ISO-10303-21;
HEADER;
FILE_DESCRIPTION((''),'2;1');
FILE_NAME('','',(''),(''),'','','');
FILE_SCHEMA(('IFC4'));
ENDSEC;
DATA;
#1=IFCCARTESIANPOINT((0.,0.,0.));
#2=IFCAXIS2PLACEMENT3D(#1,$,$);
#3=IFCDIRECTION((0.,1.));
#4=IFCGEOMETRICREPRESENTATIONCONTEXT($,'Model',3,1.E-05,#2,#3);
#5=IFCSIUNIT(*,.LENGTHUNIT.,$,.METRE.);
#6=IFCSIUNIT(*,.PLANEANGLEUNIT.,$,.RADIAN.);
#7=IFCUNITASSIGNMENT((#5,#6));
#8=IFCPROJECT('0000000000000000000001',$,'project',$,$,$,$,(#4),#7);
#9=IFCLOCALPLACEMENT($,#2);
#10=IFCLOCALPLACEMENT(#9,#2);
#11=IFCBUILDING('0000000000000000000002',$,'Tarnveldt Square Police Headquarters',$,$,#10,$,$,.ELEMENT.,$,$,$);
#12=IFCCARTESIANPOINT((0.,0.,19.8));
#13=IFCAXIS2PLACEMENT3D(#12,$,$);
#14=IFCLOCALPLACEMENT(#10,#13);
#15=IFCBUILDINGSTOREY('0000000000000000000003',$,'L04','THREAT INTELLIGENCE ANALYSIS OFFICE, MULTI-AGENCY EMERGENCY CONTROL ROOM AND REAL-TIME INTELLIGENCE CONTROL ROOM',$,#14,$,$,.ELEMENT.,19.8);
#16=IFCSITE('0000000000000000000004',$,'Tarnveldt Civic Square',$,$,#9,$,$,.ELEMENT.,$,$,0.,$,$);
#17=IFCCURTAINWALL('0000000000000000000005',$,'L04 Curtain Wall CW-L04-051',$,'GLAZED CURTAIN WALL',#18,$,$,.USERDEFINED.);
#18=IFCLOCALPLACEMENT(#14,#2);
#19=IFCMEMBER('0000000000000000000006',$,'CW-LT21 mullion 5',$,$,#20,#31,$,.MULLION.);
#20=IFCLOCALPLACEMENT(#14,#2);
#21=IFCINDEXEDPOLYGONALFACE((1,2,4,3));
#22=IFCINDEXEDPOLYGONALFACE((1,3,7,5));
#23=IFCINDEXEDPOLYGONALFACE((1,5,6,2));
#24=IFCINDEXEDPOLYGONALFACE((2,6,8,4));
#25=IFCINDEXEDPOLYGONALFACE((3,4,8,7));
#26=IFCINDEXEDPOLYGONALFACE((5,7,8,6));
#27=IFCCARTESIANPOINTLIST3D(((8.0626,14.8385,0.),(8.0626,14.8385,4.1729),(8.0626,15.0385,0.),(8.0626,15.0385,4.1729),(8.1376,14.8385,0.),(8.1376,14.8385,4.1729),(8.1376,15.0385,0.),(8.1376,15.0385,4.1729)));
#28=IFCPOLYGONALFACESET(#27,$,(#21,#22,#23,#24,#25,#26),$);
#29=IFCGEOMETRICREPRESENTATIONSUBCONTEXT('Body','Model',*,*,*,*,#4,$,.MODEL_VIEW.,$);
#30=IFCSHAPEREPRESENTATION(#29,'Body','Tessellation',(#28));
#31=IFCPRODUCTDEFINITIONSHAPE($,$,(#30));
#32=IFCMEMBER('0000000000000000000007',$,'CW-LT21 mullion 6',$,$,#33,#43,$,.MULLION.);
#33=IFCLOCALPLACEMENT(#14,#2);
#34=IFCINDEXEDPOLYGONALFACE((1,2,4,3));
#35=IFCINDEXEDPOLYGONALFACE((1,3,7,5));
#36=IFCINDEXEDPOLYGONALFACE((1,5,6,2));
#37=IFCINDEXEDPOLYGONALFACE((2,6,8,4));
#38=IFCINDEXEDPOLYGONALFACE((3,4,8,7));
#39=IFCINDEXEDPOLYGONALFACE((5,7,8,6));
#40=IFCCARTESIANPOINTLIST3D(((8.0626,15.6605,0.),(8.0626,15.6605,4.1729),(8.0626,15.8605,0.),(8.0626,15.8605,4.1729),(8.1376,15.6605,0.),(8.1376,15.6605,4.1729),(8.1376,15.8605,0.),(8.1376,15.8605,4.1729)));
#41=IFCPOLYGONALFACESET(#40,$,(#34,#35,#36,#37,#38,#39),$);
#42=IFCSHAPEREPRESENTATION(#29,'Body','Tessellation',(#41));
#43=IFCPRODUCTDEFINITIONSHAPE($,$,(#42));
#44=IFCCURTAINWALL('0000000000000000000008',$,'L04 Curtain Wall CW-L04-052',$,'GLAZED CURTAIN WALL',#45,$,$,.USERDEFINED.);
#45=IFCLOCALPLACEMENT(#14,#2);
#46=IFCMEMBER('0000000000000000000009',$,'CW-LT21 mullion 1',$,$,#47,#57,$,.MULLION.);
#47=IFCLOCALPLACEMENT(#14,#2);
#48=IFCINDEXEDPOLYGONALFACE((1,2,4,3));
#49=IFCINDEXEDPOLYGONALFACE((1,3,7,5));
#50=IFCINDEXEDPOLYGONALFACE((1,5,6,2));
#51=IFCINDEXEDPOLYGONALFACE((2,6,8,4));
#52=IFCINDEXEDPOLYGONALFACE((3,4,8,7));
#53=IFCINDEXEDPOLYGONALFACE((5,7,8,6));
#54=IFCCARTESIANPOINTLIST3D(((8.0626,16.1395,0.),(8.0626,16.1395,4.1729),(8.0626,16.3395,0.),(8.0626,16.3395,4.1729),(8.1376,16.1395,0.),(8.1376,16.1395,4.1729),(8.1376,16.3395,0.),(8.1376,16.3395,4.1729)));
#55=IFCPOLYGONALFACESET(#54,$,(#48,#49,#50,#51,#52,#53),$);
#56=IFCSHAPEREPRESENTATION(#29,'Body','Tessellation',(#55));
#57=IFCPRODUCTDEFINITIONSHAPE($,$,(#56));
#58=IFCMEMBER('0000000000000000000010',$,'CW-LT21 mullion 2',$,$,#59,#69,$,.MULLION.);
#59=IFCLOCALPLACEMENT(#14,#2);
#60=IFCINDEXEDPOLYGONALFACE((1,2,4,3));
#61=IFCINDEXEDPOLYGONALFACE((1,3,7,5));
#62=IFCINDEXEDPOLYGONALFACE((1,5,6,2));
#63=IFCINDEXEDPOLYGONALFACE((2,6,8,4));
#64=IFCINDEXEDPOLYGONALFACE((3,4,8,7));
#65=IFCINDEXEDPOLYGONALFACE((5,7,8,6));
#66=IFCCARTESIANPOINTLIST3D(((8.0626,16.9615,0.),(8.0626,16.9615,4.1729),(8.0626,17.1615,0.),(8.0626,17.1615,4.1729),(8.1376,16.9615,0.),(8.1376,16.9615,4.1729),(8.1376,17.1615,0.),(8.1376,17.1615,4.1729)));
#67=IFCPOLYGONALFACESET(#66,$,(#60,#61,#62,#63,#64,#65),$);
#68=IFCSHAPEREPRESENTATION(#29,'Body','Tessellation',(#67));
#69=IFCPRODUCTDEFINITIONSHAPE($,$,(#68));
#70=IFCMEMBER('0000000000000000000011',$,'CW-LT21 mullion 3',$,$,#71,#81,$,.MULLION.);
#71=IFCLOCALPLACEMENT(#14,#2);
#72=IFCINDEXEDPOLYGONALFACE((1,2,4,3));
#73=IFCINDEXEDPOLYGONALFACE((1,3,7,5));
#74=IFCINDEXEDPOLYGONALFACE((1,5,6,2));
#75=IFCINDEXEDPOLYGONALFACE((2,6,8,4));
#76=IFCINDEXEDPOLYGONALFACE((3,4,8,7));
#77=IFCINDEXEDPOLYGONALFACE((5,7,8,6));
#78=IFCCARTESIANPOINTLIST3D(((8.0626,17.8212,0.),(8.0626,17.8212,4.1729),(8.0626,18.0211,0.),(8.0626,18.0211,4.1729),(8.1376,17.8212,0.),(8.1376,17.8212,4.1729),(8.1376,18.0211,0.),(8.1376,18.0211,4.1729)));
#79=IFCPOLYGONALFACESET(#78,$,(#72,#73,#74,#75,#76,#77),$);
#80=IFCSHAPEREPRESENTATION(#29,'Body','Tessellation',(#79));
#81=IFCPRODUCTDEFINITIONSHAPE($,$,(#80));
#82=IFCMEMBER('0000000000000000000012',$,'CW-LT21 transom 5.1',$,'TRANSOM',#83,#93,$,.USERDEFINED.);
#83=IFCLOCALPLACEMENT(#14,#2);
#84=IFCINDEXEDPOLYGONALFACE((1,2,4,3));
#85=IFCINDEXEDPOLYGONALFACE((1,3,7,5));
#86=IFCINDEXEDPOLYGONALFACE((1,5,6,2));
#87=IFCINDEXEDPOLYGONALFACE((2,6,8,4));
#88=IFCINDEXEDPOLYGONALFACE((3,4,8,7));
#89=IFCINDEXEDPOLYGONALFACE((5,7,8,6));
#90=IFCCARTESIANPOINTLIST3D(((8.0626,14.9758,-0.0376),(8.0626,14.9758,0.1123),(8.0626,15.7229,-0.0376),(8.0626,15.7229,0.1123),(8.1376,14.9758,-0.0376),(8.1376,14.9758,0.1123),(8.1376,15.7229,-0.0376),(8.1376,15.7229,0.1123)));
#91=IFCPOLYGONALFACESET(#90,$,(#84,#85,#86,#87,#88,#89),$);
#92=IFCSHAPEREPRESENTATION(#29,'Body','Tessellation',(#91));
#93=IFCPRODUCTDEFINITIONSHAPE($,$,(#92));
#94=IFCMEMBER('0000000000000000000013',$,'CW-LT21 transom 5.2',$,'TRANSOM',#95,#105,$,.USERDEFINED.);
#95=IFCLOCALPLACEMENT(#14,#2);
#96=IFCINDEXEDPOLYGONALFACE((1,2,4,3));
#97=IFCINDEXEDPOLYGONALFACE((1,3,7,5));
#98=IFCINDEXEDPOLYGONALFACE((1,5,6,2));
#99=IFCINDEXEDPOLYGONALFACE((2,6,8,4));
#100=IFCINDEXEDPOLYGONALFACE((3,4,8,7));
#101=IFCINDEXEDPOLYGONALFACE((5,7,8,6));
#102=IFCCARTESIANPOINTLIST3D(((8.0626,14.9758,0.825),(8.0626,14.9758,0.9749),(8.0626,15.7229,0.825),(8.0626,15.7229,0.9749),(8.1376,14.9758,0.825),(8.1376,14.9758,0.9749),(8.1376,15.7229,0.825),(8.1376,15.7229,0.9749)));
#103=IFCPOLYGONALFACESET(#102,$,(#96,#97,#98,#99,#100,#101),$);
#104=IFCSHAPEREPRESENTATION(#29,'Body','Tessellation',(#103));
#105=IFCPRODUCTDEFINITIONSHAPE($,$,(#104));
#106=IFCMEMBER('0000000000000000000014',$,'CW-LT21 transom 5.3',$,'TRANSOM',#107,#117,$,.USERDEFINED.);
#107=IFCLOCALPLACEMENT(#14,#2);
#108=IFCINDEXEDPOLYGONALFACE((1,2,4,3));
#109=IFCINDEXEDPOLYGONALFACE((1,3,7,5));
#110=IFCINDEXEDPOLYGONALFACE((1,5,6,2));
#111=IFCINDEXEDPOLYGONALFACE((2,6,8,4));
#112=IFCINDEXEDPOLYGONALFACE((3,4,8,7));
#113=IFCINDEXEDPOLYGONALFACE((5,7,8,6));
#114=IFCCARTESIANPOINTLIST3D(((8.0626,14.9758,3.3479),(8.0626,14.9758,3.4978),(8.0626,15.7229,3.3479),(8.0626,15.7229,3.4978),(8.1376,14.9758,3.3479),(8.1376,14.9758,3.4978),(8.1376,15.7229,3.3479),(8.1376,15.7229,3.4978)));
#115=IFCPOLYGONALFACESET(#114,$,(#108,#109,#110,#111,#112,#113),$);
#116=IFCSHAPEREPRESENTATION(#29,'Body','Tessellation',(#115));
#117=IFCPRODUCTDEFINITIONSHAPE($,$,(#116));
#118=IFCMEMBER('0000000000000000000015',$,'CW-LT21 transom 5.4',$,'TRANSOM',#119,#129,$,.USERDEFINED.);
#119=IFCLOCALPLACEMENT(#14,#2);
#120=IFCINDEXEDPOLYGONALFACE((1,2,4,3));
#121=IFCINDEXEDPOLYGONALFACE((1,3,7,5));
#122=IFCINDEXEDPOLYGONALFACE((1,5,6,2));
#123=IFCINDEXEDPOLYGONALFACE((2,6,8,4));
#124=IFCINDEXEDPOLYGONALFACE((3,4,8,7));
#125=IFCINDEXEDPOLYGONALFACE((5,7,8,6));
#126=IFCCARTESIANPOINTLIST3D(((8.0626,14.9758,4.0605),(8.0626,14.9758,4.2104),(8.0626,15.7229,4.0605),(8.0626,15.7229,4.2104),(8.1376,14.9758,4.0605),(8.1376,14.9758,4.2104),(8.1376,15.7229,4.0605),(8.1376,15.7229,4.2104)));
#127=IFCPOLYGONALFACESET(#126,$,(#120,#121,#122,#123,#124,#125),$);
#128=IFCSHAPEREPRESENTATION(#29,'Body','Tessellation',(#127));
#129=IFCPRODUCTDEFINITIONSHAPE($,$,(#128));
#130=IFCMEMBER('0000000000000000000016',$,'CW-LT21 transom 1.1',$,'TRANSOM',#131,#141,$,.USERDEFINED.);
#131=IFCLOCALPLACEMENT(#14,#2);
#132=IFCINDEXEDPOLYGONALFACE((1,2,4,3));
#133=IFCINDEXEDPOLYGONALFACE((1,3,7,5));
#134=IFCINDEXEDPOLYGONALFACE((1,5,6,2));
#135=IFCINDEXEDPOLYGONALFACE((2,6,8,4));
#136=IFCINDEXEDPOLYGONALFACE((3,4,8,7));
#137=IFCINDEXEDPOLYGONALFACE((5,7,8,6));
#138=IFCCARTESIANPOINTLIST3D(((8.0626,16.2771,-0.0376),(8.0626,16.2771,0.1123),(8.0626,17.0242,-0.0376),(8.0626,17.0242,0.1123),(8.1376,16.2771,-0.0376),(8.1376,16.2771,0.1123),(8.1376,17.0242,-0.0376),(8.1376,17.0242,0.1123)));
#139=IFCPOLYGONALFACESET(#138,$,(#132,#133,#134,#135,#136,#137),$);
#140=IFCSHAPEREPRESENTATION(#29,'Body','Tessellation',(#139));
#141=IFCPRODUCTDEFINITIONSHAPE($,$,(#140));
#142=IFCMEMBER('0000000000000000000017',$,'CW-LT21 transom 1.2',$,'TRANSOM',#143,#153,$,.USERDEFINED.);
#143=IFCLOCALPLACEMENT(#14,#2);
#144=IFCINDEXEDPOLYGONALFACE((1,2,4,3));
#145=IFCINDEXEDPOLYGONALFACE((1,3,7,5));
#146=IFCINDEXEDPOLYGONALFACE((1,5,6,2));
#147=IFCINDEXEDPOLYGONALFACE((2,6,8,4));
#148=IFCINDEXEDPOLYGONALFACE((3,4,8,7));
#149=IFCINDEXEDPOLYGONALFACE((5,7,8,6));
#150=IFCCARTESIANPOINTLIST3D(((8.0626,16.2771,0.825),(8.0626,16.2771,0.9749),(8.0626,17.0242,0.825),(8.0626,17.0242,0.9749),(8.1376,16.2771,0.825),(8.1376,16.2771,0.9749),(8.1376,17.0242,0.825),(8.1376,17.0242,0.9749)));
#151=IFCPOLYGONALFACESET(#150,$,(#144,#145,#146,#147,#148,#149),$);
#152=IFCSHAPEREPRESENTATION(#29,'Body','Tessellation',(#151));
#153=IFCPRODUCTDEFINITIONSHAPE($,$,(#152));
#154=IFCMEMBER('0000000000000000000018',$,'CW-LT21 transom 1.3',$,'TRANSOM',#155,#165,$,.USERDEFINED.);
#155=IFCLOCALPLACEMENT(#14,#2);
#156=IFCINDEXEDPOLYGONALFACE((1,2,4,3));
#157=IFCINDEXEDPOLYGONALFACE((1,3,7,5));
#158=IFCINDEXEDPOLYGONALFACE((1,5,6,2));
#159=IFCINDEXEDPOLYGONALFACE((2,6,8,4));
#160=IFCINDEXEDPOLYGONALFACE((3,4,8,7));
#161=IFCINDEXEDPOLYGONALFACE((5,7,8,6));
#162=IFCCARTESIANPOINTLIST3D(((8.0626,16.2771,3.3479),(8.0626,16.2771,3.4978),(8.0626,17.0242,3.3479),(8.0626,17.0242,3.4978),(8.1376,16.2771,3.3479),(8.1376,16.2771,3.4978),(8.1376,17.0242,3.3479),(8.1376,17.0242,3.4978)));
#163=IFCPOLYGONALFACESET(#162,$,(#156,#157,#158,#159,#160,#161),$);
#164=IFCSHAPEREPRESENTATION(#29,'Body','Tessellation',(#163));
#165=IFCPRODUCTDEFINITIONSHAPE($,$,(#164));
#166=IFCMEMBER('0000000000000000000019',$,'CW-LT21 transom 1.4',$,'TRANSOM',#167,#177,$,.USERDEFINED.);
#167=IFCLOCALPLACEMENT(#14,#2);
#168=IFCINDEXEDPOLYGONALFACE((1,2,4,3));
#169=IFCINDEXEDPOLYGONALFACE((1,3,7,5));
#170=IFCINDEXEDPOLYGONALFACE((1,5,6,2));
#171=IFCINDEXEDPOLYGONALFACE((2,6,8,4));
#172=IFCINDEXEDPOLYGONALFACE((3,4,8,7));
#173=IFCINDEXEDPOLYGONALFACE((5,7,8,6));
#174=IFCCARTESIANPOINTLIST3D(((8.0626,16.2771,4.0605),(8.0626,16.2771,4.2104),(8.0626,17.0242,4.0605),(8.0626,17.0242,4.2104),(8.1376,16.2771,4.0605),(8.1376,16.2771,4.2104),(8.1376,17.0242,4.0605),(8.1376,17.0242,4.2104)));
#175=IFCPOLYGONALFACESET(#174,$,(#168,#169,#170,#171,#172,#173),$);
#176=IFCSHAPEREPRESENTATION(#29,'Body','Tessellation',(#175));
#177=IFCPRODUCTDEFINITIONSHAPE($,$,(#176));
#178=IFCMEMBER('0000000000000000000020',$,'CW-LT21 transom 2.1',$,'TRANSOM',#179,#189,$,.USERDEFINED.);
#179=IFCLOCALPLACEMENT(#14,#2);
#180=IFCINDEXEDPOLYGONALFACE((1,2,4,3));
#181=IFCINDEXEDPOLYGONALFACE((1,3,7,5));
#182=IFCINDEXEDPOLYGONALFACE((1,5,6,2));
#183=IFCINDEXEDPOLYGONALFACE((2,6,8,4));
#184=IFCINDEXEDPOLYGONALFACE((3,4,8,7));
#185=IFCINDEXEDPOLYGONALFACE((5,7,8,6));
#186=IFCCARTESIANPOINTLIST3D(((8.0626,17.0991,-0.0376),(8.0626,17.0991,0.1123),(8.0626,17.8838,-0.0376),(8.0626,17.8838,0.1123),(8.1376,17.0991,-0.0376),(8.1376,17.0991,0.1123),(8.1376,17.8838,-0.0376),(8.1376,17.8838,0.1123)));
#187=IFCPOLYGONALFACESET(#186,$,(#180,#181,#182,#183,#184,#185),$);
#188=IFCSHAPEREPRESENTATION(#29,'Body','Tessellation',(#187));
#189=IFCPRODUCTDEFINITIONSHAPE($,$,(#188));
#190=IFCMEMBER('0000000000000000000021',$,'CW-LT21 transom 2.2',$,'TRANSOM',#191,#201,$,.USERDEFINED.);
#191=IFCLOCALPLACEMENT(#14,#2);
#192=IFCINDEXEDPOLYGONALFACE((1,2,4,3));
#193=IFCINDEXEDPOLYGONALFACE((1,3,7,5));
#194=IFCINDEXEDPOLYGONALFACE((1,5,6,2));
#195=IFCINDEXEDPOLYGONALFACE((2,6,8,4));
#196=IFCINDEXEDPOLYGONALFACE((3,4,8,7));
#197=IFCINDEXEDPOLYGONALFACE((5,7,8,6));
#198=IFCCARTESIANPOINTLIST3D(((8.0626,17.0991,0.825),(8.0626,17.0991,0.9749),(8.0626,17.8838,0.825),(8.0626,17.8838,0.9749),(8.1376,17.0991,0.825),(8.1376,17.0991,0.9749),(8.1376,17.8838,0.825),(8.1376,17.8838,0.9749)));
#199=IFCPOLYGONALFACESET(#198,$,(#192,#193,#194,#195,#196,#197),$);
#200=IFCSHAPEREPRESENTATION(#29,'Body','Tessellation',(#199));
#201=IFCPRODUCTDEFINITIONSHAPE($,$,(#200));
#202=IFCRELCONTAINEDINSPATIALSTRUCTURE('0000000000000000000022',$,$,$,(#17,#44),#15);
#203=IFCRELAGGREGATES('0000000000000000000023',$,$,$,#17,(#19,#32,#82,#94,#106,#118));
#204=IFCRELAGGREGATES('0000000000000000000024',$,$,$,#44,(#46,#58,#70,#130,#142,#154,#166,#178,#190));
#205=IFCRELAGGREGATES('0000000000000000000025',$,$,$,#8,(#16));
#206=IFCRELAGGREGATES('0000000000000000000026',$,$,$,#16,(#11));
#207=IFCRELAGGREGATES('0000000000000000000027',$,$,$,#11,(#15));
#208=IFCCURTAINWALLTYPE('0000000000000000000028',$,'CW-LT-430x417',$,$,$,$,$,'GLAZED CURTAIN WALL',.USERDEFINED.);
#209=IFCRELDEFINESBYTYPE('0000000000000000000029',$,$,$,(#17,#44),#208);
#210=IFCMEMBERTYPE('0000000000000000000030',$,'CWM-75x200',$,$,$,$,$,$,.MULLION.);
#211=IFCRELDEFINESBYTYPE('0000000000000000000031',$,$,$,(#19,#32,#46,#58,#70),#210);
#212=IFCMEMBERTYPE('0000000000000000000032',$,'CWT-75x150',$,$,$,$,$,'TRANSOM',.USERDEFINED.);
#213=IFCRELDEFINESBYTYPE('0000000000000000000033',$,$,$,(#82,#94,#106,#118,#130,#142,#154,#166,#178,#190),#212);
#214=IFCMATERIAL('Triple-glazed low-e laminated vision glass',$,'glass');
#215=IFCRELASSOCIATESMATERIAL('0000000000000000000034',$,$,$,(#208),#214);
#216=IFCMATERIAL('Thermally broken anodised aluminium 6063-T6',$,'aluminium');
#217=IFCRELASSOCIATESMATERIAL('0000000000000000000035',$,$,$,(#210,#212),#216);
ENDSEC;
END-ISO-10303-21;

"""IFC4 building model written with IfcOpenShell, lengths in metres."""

from ifc_helpers import new_model, si_unit, direction, frame, origin, origin_2d, place, context, subcontext, project, spatial, rectangle, extrude, material, material_profile, profile_set, type_object, element, aggregate, save


model = new_model("IFC4")

# Units and contexts
model_context = context("Model", 3, precision=1e-05, world=origin(), true_north=direction((0.0, 1.0)))
body_context = subcontext(model_context, "Body", "Model", "MODEL_VIEW")
ifc_project = project(units=[si_unit("LENGTHUNIT", "METRE"), si_unit("PLANEANGLEUNIT", "RADIAN")], contexts=[model_context])

# Site, building, storey
site_placement = place(None, origin())
site = spatial("IfcSite", under=ifc_project, at=site_placement, Name="Tarnveldt Civic Square", CompositionType="ELEMENT", RefElevation=0.0)
building_placement = place(site_placement, origin())
building = spatial("IfcBuilding", under=site, at=building_placement, Name="Tarnveldt Square Police Headquarters", CompositionType="ELEMENT")
storey_placement = place(building_placement, frame((0.0, 0.0, 19.8)))
storey = spatial("IfcBuildingStorey", under=building, at=storey_placement, Name="L04", Description="THREAT INTELLIGENCE ANALYSIS OFFICE, MULTI-AGENCY EMERGENCY CONTROL ROOM AND REAL-TIME INTELLIGENCE CONTROL ROOM", CompositionType="ELEMENT", Elevation=19.8)

# Curtain walls, members
ifc_material_1 = material(Name="Triple-glazed low-e laminated vision glass", Category="glass")
curtain_wall_type = type_object("IfcCurtainWallType", Name="CW-LT-430x417", ElementType="GLAZED CURTAIN WALL", PredefinedType="USERDEFINED", material=ifc_material_1)
curtain_wall_1_placement = place(storey_placement, origin())
curtain_wall_1 = element("IfcCurtainWall", 1, at=curtain_wall_1_placement, inside=storey, type_object=curtain_wall_type, Name="L04 Curtain Wall CW-L04-051", ObjectType="GLAZED CURTAIN WALL", PredefinedType="USERDEFINED")
ifc_material_2 = material(Name="Thermally broken anodised aluminium 6063-T6", Category="aluminium")
ifc_material_profile_1 = material_profile(ifc_material_2, rectangle(XDim=0.075, YDim=0.2, at=origin_2d()), Name="CW-M75x200")
ifc_profile_set_1 = profile_set([ifc_material_profile_1], Name="Thermally broken anodised aluminium 6063-T6")
member_type_1 = type_object("IfcMemberType", Name="CWM-75x200", PredefinedType="MULLION", material=ifc_profile_set_1)
member_1_placement = place(storey_placement, frame((8.1001, 14.9385, 0.0), z_axis=(0.0, 0.0, 1.0), x_axis=(-1.0, 0.0, 0.0)))
member_1 = element("IfcMember", 2, at=member_1_placement, type_object=member_type_1, Name="CW-LT21 mullion 5", PredefinedType="MULLION", context=body_context, shape_type="SweptSolid", body=[
    extrude(rectangle(XDim=0.075, YDim=0.2, at=origin_2d()), origin(), (0.0, 0.0, 1.0), 4.1729),
])
member_2_placement = place(storey_placement, frame((8.1001, 15.7605, 0.0), z_axis=(0.0, 0.0, 1.0), x_axis=(-1.0, 0.0, 0.0)))
member_2 = element("IfcMember", 3, at=member_2_placement, type_object=member_type_1, Name="CW-LT21 mullion 6", PredefinedType="MULLION", context=body_context, shape_type="SweptSolid", body=[
    extrude(rectangle(XDim=0.075, YDim=0.2, at=origin_2d()), origin(), (0.0, 0.0, 1.0), 4.1729),
])
curtain_wall_2_placement = place(storey_placement, origin())
curtain_wall_2 = element("IfcCurtainWall", 4, at=curtain_wall_2_placement, inside=storey, type_object=curtain_wall_type, Name="L04 Curtain Wall CW-L04-052", ObjectType="GLAZED CURTAIN WALL", PredefinedType="USERDEFINED")
member_3_placement = place(storey_placement, frame((8.1001, 16.2395, 0.0), z_axis=(0.0, 0.0, 1.0), x_axis=(-1.0, 0.0, 0.0)))
member_3 = element("IfcMember", 5, at=member_3_placement, type_object=member_type_1, Name="CW-LT21 mullion 1", PredefinedType="MULLION", context=body_context, shape_type="SweptSolid", body=[
    extrude(rectangle(XDim=0.075, YDim=0.2, at=origin_2d()), origin(), (0.0, 0.0, 1.0), 4.1729),
])
member_4_placement = place(storey_placement, frame((8.1001, 17.0615, 0.0), z_axis=(0.0, 0.0, 1.0), x_axis=(-1.0, 0.0, 0.0)))
member_4 = element("IfcMember", 6, at=member_4_placement, type_object=member_type_1, Name="CW-LT21 mullion 2", PredefinedType="MULLION", context=body_context, shape_type="SweptSolid", body=[
    extrude(rectangle(XDim=0.075, YDim=0.2, at=origin_2d()), origin(), (0.0, 0.0, 1.0), 4.1729),
])
member_5_placement = place(storey_placement, frame((8.1001, 17.9211, 0.0), z_axis=(0.0, 0.0, 1.0), x_axis=(-1.0, 0.0, 0.0)))
member_5 = element("IfcMember", 7, at=member_5_placement, type_object=member_type_1, Name="CW-LT21 mullion 3", PredefinedType="MULLION", context=body_context, shape_type="SweptSolid", body=[
    extrude(rectangle(XDim=0.075, YDim=0.2, at=origin_2d()), origin(), (0.0, 0.0, 1.0), 4.1729),
])

# Members
ifc_material_profile_2 = material_profile(ifc_material_2, rectangle(XDim=0.075, YDim=0.1499, at=origin_2d()), Name="CW-T75x150")
ifc_profile_set_2 = profile_set([ifc_material_profile_2], Name="Thermally broken anodised aluminium 6063-T6")
member_type_2 = type_object("IfcMemberType", Name="CWT-75x150", ElementType="TRANSOM", PredefinedType="USERDEFINED", material=ifc_profile_set_2)
member_6_placement = place(storey_placement, frame((8.1001, 14.9758, 0.0374), z_axis=(0.0, 1.0, 0.0), x_axis=(-1.0, 0.0, 0.0)))
member_6 = element("IfcMember", 8, at=member_6_placement, type_object=member_type_2, Name="CW-LT21 transom 5.1", ObjectType="TRANSOM", PredefinedType="USERDEFINED", context=body_context, shape_type="SweptSolid", body=[
    extrude(rectangle(XDim=0.075, YDim=0.1499, at=origin_2d()), origin(), (0.0, 0.0, 1.0), 0.7471),
])
member_7_placement = place(storey_placement, frame((8.1001, 14.9758, 0.8999), z_axis=(0.0, 1.0, 0.0), x_axis=(-1.0, 0.0, 0.0)))
member_7 = element("IfcMember", 9, at=member_7_placement, type_object=member_type_2, Name="CW-LT21 transom 5.2", ObjectType="TRANSOM", PredefinedType="USERDEFINED", context=body_context, shape_type="SweptSolid", body=[
    extrude(rectangle(XDim=0.075, YDim=0.1499, at=origin_2d()), origin(), (0.0, 0.0, 1.0), 0.7471),
])
member_8_placement = place(storey_placement, frame((8.1001, 14.9758, 3.4229), z_axis=(0.0, 1.0, 0.0), x_axis=(-1.0, 0.0, 0.0)))
member_8 = element("IfcMember", 10, at=member_8_placement, type_object=member_type_2, Name="CW-LT21 transom 5.3", ObjectType="TRANSOM", PredefinedType="USERDEFINED", context=body_context, shape_type="SweptSolid", body=[
    extrude(rectangle(XDim=0.075, YDim=0.1499, at=origin_2d()), origin(), (0.0, 0.0, 1.0), 0.7471),
])
member_9_placement = place(storey_placement, frame((8.1001, 14.9758, 4.1355), z_axis=(0.0, 1.0, 0.0), x_axis=(-1.0, 0.0, 0.0)))
member_9 = element("IfcMember", 11, at=member_9_placement, type_object=member_type_2, Name="CW-LT21 transom 5.4", ObjectType="TRANSOM", PredefinedType="USERDEFINED", context=body_context, shape_type="SweptSolid", body=[
    extrude(rectangle(XDim=0.075, YDim=0.1499, at=origin_2d()), origin(), (0.0, 0.0, 1.0), 0.7471),
])
member_10_placement = place(storey_placement, frame((8.1001, 16.2771, 0.0374), z_axis=(0.0, 1.0, 0.0), x_axis=(-1.0, 0.0, 0.0)))
member_10 = element("IfcMember", 12, at=member_10_placement, type_object=member_type_2, Name="CW-LT21 transom 1.1", ObjectType="TRANSOM", PredefinedType="USERDEFINED", context=body_context, shape_type="SweptSolid", body=[
    extrude(rectangle(XDim=0.075, YDim=0.1499, at=origin_2d()), origin(), (0.0, 0.0, 1.0), 0.7471),
])
member_11_placement = place(storey_placement, frame((8.1001, 16.2771, 0.8999), z_axis=(0.0, 1.0, 0.0), x_axis=(-1.0, 0.0, 0.0)))
member_11 = element("IfcMember", 13, at=member_11_placement, type_object=member_type_2, Name="CW-LT21 transom 1.2", ObjectType="TRANSOM", PredefinedType="USERDEFINED", context=body_context, shape_type="SweptSolid", body=[
    extrude(rectangle(XDim=0.075, YDim=0.1499, at=origin_2d()), origin(), (0.0, 0.0, 1.0), 0.7471),
])
member_12_placement = place(storey_placement, frame((8.1001, 16.2771, 3.4229), z_axis=(0.0, 1.0, 0.0), x_axis=(-1.0, 0.0, 0.0)))
member_12 = element("IfcMember", 14, at=member_12_placement, type_object=member_type_2, Name="CW-LT21 transom 1.3", ObjectType="TRANSOM", PredefinedType="USERDEFINED", context=body_context, shape_type="SweptSolid", body=[
    extrude(rectangle(XDim=0.075, YDim=0.1499, at=origin_2d()), origin(), (0.0, 0.0, 1.0), 0.7471),
])
member_13_placement = place(storey_placement, frame((8.1001, 16.2771, 4.1355), z_axis=(0.0, 1.0, 0.0), x_axis=(-1.0, 0.0, 0.0)))
member_13 = element("IfcMember", 15, at=member_13_placement, type_object=member_type_2, Name="CW-LT21 transom 1.4", ObjectType="TRANSOM", PredefinedType="USERDEFINED", context=body_context, shape_type="SweptSolid", body=[
    extrude(rectangle(XDim=0.075, YDim=0.1499, at=origin_2d()), origin(), (0.0, 0.0, 1.0), 0.7471),
])
member_14_placement = place(storey_placement, frame((8.1001, 17.0991, 0.0374), z_axis=(0.0, 1.0, 0.0), x_axis=(-1.0, 0.0, 0.0)))
member_14 = element("IfcMember", 16, at=member_14_placement, type_object=member_type_2, Name="CW-LT21 transom 2.1", ObjectType="TRANSOM", PredefinedType="USERDEFINED", context=body_context, shape_type="SweptSolid", body=[
    extrude(rectangle(XDim=0.075, YDim=0.1499, at=origin_2d()), origin(), (0.0, 0.0, 1.0), 0.7847),
])
member_15_placement = place(storey_placement, frame((8.1001, 17.0991, 0.8999), z_axis=(0.0, 1.0, 0.0), x_axis=(-1.0, 0.0, 0.0)))
member_15 = element("IfcMember", 17, at=member_15_placement, type_object=member_type_2, Name="CW-LT21 transom 2.2", ObjectType="TRANSOM", PredefinedType="USERDEFINED", context=body_context, shape_type="SweptSolid", body=[
    extrude(rectangle(XDim=0.075, YDim=0.1499, at=origin_2d()), origin(), (0.0, 0.0, 1.0), 0.7847),
])

aggregate(curtain_wall_1, [member_1, member_2, member_6, member_7, member_8, member_9])
aggregate(curtain_wall_2, [member_3, member_4, member_5, member_10, member_11, member_12, member_13, member_14, member_15])

save(model, "model.ifc")
